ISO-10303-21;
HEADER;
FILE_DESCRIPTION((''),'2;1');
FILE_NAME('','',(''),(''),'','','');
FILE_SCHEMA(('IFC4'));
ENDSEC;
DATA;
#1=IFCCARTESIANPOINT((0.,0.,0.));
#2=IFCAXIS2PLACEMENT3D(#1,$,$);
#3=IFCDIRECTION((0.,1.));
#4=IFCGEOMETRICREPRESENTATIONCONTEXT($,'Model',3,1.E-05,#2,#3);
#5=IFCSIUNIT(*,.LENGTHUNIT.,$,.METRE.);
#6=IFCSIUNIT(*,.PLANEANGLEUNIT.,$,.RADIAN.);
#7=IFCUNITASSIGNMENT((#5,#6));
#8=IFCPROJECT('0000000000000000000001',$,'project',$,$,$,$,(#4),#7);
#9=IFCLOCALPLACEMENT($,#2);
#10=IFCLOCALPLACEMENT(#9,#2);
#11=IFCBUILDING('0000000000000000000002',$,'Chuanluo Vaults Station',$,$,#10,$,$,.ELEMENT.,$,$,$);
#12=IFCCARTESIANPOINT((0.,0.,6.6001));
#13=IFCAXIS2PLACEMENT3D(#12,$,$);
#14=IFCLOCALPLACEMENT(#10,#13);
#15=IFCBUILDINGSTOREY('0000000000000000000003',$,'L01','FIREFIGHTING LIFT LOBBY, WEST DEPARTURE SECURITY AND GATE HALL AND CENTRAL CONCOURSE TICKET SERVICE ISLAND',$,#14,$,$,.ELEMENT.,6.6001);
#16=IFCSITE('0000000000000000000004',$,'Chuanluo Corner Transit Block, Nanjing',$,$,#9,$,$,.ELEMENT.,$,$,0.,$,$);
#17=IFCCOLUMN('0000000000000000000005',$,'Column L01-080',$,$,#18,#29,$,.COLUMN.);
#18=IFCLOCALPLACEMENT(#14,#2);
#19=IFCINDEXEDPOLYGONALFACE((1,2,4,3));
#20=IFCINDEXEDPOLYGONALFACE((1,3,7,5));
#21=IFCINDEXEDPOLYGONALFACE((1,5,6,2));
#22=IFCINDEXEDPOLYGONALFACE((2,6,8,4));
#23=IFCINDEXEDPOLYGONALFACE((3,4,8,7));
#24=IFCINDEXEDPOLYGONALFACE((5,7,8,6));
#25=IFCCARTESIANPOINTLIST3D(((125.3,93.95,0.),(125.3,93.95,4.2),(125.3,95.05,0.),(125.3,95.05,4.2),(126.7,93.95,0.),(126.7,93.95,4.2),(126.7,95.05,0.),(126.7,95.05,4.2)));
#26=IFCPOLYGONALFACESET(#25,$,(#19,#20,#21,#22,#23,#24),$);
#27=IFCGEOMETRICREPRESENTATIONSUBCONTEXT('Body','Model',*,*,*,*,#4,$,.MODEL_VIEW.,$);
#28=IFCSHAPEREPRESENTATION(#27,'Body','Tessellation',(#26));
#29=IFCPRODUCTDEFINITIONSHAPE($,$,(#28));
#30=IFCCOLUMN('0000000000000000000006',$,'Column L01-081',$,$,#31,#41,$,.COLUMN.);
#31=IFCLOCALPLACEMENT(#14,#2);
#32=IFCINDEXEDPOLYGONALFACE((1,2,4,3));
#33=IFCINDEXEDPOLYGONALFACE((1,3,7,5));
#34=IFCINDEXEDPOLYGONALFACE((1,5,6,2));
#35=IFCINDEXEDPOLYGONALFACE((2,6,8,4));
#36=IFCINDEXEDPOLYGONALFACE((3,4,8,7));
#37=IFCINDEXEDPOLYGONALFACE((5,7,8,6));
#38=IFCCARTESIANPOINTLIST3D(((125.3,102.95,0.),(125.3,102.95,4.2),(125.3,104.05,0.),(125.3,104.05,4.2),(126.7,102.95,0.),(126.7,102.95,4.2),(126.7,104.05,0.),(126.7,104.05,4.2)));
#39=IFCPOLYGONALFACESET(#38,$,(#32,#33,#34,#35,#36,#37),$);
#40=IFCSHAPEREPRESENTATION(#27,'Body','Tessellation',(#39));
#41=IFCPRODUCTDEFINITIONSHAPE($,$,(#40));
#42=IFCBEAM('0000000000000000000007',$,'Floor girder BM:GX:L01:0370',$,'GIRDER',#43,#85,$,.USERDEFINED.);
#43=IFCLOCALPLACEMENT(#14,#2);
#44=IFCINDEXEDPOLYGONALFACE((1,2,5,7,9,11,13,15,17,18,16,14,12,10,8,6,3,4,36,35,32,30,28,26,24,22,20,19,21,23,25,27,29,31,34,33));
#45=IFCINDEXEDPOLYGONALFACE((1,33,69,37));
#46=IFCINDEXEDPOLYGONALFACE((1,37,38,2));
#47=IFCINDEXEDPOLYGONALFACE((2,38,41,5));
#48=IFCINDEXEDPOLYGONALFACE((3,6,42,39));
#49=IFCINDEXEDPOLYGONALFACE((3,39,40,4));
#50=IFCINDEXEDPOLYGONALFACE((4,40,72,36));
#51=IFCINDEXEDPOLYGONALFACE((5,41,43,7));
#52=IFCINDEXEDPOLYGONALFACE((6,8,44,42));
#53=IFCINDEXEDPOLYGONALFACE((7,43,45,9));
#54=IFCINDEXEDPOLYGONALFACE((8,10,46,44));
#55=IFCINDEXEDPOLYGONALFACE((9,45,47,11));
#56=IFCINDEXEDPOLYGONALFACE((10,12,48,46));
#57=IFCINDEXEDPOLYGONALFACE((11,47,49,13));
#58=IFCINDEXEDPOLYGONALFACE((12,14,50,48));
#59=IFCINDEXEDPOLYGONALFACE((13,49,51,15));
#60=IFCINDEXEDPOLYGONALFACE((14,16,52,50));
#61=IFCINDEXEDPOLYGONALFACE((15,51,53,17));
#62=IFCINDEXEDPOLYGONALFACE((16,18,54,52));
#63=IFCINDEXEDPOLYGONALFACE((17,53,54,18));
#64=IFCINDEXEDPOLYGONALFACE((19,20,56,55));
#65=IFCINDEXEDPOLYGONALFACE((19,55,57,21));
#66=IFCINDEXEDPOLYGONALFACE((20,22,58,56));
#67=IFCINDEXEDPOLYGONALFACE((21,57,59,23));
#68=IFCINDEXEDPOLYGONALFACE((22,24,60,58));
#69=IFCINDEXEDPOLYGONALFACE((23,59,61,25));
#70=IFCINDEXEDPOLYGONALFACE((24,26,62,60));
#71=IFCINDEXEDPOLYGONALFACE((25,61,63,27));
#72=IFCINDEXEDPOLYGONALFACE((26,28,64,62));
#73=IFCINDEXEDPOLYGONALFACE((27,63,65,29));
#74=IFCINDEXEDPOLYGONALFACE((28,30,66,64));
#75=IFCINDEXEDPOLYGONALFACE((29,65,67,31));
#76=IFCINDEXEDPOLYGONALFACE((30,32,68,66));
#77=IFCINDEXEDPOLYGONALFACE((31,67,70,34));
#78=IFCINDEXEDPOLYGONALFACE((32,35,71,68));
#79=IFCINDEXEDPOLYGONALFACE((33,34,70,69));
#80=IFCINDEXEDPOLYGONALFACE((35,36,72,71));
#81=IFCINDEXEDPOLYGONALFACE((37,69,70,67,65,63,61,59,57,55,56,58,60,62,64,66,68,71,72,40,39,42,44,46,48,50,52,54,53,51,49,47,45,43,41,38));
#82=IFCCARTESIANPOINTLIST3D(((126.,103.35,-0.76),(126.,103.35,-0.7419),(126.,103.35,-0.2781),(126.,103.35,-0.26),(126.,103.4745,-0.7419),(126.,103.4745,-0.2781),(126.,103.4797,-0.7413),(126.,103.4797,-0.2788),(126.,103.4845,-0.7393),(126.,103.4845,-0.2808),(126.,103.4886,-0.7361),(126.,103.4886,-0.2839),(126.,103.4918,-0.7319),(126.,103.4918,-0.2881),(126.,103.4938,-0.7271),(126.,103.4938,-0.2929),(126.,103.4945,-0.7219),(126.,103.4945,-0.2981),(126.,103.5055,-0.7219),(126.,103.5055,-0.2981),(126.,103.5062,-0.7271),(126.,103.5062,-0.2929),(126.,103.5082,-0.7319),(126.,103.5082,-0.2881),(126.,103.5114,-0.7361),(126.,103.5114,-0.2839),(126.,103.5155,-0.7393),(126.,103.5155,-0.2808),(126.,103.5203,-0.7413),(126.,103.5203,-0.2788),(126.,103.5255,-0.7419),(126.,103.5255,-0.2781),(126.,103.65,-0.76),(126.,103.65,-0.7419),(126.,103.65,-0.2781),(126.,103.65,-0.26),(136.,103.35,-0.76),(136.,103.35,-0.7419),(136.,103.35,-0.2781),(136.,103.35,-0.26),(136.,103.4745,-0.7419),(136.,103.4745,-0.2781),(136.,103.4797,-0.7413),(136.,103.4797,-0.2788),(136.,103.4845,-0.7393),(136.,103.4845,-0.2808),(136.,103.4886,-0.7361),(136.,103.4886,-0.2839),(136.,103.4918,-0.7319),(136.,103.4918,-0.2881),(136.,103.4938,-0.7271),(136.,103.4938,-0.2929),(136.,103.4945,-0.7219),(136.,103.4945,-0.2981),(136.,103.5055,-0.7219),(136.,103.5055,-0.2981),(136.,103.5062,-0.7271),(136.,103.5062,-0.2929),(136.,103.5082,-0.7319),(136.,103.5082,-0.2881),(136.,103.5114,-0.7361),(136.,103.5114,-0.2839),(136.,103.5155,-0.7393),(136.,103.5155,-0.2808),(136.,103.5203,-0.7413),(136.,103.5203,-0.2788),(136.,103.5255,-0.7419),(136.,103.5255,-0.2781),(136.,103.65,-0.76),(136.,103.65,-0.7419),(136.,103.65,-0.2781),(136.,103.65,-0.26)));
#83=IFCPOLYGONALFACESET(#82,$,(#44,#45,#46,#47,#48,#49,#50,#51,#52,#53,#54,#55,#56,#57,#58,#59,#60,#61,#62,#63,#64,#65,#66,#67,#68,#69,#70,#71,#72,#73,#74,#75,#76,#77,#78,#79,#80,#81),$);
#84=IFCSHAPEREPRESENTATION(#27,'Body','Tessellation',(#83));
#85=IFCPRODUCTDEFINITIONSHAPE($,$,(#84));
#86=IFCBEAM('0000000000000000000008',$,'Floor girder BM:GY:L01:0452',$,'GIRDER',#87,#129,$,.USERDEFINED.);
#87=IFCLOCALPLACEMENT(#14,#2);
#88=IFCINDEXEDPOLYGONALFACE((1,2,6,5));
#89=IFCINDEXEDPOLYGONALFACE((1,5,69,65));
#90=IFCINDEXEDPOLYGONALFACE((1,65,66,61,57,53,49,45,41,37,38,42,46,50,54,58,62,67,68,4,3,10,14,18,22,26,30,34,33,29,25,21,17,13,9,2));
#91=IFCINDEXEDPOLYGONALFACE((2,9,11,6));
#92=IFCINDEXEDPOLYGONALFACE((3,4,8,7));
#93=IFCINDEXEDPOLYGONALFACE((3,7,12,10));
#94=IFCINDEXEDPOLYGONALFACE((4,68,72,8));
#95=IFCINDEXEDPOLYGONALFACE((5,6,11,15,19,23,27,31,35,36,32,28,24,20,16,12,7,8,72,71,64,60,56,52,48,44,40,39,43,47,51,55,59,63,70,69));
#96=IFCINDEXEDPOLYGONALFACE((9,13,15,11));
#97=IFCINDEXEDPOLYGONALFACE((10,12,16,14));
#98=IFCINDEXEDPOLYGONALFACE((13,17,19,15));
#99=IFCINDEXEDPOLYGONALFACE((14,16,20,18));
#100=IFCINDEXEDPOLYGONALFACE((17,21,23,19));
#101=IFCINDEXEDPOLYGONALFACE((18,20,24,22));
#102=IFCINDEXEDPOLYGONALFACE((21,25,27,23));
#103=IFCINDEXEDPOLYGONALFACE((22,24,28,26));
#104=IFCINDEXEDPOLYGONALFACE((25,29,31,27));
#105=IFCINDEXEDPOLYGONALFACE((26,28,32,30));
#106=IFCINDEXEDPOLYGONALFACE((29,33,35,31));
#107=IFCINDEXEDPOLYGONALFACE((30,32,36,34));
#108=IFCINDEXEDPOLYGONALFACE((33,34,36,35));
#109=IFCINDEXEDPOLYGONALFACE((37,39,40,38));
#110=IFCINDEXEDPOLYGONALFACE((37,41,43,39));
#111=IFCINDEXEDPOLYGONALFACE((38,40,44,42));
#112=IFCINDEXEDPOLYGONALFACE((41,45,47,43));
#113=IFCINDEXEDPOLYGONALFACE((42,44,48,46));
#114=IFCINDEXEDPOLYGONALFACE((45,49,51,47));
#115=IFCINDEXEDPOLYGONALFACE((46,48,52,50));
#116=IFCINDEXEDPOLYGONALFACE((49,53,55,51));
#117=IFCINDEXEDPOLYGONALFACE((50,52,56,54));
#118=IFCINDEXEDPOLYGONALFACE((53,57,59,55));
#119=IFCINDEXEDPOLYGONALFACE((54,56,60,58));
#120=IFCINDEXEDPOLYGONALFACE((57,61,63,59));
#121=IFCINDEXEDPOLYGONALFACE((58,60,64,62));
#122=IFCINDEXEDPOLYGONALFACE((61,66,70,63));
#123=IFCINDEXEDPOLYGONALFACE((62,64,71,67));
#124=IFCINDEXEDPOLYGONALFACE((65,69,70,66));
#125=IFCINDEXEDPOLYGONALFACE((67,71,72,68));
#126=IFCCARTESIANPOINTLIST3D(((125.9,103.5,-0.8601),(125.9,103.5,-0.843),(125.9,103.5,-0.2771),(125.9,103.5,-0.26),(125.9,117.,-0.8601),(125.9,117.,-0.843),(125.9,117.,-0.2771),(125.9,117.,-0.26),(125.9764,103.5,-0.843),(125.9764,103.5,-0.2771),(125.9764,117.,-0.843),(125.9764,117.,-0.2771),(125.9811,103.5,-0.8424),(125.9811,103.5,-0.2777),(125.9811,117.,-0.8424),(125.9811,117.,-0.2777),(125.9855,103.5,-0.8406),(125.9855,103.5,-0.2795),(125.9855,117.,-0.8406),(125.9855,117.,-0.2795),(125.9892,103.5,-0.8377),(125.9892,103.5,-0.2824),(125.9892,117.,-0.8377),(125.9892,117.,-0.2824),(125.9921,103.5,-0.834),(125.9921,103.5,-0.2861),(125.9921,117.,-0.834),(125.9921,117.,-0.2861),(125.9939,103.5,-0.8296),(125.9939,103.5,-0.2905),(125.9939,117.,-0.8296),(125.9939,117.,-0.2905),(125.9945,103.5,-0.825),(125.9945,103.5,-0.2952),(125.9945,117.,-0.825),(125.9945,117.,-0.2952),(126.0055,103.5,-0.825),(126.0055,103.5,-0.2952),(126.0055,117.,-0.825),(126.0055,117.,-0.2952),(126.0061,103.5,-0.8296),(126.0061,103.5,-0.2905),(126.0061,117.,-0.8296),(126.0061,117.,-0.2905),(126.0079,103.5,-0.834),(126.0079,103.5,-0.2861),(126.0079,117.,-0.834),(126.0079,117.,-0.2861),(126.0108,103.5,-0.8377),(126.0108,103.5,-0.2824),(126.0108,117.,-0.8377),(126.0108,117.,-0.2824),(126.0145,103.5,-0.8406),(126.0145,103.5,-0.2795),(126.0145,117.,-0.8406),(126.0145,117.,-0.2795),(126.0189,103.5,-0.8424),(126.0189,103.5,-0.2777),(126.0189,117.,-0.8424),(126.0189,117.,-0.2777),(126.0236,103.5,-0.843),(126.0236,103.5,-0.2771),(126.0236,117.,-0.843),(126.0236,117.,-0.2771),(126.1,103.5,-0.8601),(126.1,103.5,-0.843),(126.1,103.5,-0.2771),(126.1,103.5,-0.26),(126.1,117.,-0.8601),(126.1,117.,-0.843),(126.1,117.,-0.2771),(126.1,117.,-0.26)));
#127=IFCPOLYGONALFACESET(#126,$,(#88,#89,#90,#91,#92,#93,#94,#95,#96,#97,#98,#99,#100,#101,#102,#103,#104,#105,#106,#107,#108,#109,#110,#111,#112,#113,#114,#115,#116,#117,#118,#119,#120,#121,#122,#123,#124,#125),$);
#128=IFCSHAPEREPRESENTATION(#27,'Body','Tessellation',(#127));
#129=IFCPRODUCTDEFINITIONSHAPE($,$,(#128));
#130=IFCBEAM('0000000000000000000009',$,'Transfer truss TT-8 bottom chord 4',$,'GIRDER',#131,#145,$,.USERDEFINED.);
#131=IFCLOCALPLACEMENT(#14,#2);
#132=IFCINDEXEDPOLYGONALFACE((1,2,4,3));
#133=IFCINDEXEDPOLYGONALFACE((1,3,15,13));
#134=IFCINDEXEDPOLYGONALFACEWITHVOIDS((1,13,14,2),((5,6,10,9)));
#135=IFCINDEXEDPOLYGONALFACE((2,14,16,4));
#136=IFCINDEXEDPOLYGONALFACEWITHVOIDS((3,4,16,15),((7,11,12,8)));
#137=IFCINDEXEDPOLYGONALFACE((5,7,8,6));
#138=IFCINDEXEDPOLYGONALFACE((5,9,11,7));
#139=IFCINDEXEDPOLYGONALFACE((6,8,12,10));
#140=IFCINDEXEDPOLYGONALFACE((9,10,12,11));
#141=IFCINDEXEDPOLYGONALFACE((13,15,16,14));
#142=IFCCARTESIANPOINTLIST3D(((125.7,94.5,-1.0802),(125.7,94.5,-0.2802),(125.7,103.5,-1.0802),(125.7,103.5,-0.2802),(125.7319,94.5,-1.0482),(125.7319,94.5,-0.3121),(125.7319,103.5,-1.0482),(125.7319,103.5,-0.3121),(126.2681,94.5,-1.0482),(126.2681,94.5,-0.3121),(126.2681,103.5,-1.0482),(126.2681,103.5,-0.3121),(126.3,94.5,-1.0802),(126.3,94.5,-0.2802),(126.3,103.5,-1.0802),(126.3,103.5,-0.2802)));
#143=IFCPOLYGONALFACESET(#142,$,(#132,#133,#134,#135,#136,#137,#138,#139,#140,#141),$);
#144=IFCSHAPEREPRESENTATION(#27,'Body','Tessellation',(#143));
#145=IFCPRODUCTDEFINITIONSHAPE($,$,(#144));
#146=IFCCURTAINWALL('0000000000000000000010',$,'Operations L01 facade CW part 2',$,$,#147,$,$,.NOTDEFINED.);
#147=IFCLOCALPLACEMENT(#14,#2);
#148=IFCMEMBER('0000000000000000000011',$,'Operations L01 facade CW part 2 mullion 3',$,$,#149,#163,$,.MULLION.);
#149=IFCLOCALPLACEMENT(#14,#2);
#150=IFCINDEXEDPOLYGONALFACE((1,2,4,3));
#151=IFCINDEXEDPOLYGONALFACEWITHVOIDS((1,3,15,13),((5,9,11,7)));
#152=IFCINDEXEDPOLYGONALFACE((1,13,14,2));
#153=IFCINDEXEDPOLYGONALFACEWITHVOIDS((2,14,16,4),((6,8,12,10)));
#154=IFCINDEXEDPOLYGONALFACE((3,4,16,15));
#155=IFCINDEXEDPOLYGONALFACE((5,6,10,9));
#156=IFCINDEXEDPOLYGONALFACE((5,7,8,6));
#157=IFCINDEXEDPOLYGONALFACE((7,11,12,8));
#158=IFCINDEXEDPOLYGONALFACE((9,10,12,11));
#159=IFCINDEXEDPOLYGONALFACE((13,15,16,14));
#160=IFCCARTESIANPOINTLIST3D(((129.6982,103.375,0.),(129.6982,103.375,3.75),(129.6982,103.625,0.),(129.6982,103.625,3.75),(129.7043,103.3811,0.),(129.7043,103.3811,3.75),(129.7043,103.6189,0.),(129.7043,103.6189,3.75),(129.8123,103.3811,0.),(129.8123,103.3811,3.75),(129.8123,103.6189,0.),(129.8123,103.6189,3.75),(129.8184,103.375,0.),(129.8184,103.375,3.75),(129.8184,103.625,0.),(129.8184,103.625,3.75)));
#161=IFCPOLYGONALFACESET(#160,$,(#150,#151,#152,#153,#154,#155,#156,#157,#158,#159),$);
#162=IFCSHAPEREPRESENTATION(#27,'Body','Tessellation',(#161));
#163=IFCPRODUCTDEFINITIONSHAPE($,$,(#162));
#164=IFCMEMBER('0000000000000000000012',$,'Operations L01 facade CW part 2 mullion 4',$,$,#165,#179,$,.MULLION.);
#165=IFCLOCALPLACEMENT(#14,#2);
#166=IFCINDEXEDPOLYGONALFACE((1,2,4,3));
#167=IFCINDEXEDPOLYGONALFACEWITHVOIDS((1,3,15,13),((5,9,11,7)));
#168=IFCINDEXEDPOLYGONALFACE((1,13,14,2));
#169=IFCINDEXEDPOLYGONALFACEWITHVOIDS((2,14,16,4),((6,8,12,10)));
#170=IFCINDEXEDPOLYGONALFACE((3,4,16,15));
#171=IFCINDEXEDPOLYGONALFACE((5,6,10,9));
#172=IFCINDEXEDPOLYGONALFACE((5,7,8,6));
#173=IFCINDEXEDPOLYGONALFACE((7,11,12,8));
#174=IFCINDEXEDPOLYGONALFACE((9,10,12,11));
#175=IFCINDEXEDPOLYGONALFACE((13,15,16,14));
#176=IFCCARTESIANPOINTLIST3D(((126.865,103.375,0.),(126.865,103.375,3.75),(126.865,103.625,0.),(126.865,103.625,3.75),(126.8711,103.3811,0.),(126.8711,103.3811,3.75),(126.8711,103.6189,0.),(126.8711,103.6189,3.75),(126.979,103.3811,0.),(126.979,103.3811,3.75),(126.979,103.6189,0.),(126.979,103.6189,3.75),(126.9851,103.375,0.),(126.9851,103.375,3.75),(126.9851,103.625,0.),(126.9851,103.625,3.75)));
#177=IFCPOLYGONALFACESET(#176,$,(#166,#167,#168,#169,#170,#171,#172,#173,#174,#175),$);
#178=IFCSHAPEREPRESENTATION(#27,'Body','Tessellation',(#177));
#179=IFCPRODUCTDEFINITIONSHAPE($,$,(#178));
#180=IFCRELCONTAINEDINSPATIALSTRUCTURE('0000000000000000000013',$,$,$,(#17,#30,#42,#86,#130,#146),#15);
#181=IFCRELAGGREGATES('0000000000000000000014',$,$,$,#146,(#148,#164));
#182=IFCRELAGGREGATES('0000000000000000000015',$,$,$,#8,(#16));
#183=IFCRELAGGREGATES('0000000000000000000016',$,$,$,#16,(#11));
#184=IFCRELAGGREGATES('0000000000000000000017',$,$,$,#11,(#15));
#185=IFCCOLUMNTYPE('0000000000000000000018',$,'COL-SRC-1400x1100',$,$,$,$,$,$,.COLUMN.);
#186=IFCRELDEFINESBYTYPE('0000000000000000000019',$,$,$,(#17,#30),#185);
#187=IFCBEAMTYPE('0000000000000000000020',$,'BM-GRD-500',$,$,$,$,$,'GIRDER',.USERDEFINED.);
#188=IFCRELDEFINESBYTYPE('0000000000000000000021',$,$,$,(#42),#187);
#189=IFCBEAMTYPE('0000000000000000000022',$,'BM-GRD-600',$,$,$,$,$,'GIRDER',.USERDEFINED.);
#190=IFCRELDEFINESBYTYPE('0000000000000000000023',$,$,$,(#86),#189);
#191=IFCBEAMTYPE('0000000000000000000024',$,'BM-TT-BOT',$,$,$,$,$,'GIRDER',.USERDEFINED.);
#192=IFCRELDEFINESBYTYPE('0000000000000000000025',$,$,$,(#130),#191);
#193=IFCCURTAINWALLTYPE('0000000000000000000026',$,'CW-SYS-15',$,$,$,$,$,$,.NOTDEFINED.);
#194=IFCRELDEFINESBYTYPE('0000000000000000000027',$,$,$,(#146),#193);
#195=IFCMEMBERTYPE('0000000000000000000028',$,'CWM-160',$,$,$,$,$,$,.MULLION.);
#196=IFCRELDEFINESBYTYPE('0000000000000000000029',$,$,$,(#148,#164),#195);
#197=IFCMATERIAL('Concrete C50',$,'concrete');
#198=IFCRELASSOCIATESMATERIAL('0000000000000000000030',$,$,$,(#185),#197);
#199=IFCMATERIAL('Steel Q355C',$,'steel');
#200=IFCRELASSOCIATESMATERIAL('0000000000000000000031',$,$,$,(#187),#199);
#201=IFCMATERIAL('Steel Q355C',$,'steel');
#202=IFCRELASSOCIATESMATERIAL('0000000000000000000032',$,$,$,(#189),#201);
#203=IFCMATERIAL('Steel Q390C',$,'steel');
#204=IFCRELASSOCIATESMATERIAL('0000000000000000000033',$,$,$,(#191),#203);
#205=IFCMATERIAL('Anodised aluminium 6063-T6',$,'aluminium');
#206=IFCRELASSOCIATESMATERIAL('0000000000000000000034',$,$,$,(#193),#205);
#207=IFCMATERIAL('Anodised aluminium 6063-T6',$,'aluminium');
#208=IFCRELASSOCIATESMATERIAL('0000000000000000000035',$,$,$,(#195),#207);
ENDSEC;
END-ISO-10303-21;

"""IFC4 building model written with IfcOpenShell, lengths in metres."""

from ifc_helpers import new_model, si_unit, direction, frame, origin, origin_2d, place, context, subcontext, project, spatial, rectangle, hollow_rectangle, i_section, extrude, material, material_profile, profile_set, type_object, element, aggregate, save


model = new_model("IFC4")

# Units and contexts
model_context = context("Model", 3, precision=1e-05, world=origin(), true_north=direction((0.0, 1.0)))
body_context = subcontext(model_context, "Body", "Model", "MODEL_VIEW")
ifc_project = project(units=[si_unit("LENGTHUNIT", "METRE"), si_unit("PLANEANGLEUNIT", "RADIAN")], contexts=[model_context])

# Site, building, storey
site_placement = place(None, origin())
site = spatial("IfcSite", under=ifc_project, at=site_placement, Name="Chuanluo Corner Transit Block, Nanjing", CompositionType="ELEMENT", RefElevation=0.0)
building_placement = place(site_placement, origin())
building = spatial("IfcBuilding", under=site, at=building_placement, Name="Chuanluo Vaults Station", CompositionType="ELEMENT")
storey_placement = place(building_placement, frame((0.0, 0.0, 6.6001)))
storey = spatial("IfcBuildingStorey", under=building, at=storey_placement, Name="L01", Description="FIREFIGHTING LIFT LOBBY, WEST DEPARTURE SECURITY AND GATE HALL AND CENTRAL CONCOURSE TICKET SERVICE ISLAND", CompositionType="ELEMENT", Elevation=6.6001)

# Columns
ifc_material_1 = material(Name="Concrete C50", Category="concrete")
ifc_material_profile_1 = material_profile(ifc_material_1, rectangle(XDim=1.3999, YDim=1.1001, at=origin_2d()))
ifc_profile_set_1 = profile_set([ifc_material_profile_1], Name="Concrete C50")
column_type = type_object("IfcColumnType", Name="COL-SRC-1400x1100", PredefinedType="COLUMN", material=ifc_profile_set_1)
for number, where, z_axis, x_axis, name in (
    (1, (126.0, 94.5, 0.0), (0.0, 0.0, 1.0), (1.0, 0.0, 0.0), "Column L01-080"),
    (2, (126.0, 103.5, 0.0), (0.0, 0.0, 1.0), (1.0, 0.0, 0.0), "Column L01-081"),
):
    element("IfcColumn", number, at=place(storey_placement, frame(where, z_axis=z_axis, x_axis=x_axis)), inside=storey, type_object=column_type, Name=name, PredefinedType="COLUMN", context=body_context, shape_type="SweptSolid", body=[
        extrude(rectangle(XDim=1.3999, YDim=1.1001, at=origin_2d()), origin(), (0.0, 0.0, 1.0), 4.2),
    ])

# Beams
ifc_material_2 = material(Name="Steel Q355C", Category="steel")
ifc_material_profile_2 = material_profile(ifc_material_2, i_section(OverallWidth=0.3, OverallDepth=0.5, WebThickness=0.011, FlangeThickness=0.0181, FilletRadius=0.02, at=origin_2d()))
ifc_profile_set_2 = profile_set([ifc_material_profile_2], Name="Steel Q355C")
beam_type_1 = type_object("IfcBeamType", Name="BM-GRD-500", ElementType="GIRDER", PredefinedType="USERDEFINED", material=ifc_profile_set_2)
beam_1_placement = place(storey_placement, frame((126.0, 103.5, -0.51), z_axis=(1.0, 0.0, 0.0), x_axis=(0.0, 1.0, 0.0)))
element("IfcBeam", 3, at=beam_1_placement, inside=storey, type_object=beam_type_1, Name="Floor girder BM:GX:L01:0370", ObjectType="GIRDER", PredefinedType="USERDEFINED", context=body_context, shape_type="SweptSolid", body=[
    extrude(i_section(OverallWidth=0.3, OverallDepth=0.5, WebThickness=0.011, FlangeThickness=0.0181, FilletRadius=0.02, at=origin_2d()), origin(), (0.0, 0.0, 1.0), 10.0),
])
ifc_material_3 = material(Name="Steel Q355C", Category="steel")
ifc_material_profile_3 = material_profile(ifc_material_3, i_section(OverallWidth=0.2, OverallDepth=0.6001, WebThickness=0.011, FlangeThickness=0.0171, FilletRadius=0.0181, at=origin_2d()))
ifc_profile_set_3 = profile_set([ifc_material_profile_3], Name="Steel Q355C")
beam_type_2 = type_object("IfcBeamType", Name="BM-GRD-600", ElementType="GIRDER", PredefinedType="USERDEFINED", material=ifc_profile_set_3)
beam_2_placement = place(storey_placement, frame((126.0, 103.5, -0.5601), z_axis=(0.0, 1.0, 0.0), x_axis=(-1.0, 0.0, 0.0)))
element("IfcBeam", 4, at=beam_2_placement, inside=storey, type_object=beam_type_2, Name="Floor girder BM:GY:L01:0452", ObjectType="GIRDER", PredefinedType="USERDEFINED", context=body_context, shape_type="SweptSolid", body=[
    extrude(i_section(OverallWidth=0.2, OverallDepth=0.6001, WebThickness=0.011, FlangeThickness=0.0171, FilletRadius=0.0181, at=origin_2d()), origin(), (0.0, 0.0, 1.0), 13.5),
])
ifc_material_4 = material(Name="Steel Q390C", Category="steel")
ifc_material_profile_4 = material_profile(ifc_material_4, hollow_rectangle(XDim=0.6001, YDim=0.8, WallThickness=0.032, at=origin_2d()))
ifc_profile_set_4 = profile_set([ifc_material_profile_4], Name="Steel Q390C")
beam_type_3 = type_object("IfcBeamType", Name="BM-TT-BOT", ElementType="GIRDER", PredefinedType="USERDEFINED", material=ifc_profile_set_4)
beam_3_placement = place(storey_placement, frame((126.0, 94.5, -0.6802), z_axis=(0.0, 1.0, 0.0), x_axis=(-1.0, 0.0, 0.0)))
element("IfcBeam", 5, at=beam_3_placement, inside=storey, type_object=beam_type_3, Name="Transfer truss TT-8 bottom chord 4", ObjectType="GIRDER", PredefinedType="USERDEFINED", context=body_context, shape_type="SweptSolid", body=[
    extrude(hollow_rectangle(XDim=0.6001, YDim=0.8, WallThickness=0.032, at=origin_2d()), origin(), (0.0, 0.0, 1.0), 9.0),
])

# Curtain wall, members
ifc_material_5 = material(Name="Anodised aluminium 6063-T6", Category="aluminium")
curtain_wall_type_1 = type_object("IfcCurtainWallType", Name="CW-SYS-15", PredefinedType="NOTDEFINED", material=ifc_material_5)
curtain_wall_1_placement = place(storey_placement, origin())
curtain_wall_1 = element("IfcCurtainWall", 6, at=curtain_wall_1_placement, inside=storey, type_object=curtain_wall_type_1, Name="Operations L01 facade CW part 2", PredefinedType="NOTDEFINED")
ifc_material_6 = material(Name="Anodised aluminium 6063-T6", Category="aluminium")
ifc_material_profile_5 = material_profile(ifc_material_6, hollow_rectangle(XDim=0.1201, YDim=0.25, WallThickness=0.0061, at=origin_2d()))
ifc_profile_set_5 = profile_set([ifc_material_profile_5], Name="Anodised aluminium 6063-T6")
member_type_1 = type_object("IfcMemberType", Name="CWM-160", PredefinedType="MULLION", material=ifc_profile_set_5)
member_1_placement = place(storey_placement, frame((129.7583, 103.5, 0.0), z_axis=(0.0, 0.0, 1.0), x_axis=(-1.0, 0.0, 0.0)))
member_1 = element("IfcMember", 7, at=member_1_placement, type_object=member_type_1, Name="Operations L01 facade CW part 2 mullion 3", PredefinedType="MULLION", context=body_context, shape_type="SweptSolid", body=[
    extrude(hollow_rectangle(XDim=0.1201, YDim=0.25, WallThickness=0.0061, at=origin_2d()), origin(), (0.0, 0.0, 1.0), 3.75),
])
member_2_placement = place(storey_placement, frame((126.925, 103.5, 0.0), z_axis=(0.0, 0.0, 1.0), x_axis=(-1.0, 0.0, 0.0)))
member_2 = element("IfcMember", 8, at=member_2_placement, type_object=member_type_1, Name="Operations L01 facade CW part 2 mullion 4", PredefinedType="MULLION", context=body_context, shape_type="SweptSolid", body=[
    extrude(hollow_rectangle(XDim=0.1201, YDim=0.25, WallThickness=0.0061, at=origin_2d()), origin(), (0.0, 0.0, 1.0), 3.75),
])

aggregate(curtain_wall_1, [member_1, member_2])

save(model, "model.ifc")
